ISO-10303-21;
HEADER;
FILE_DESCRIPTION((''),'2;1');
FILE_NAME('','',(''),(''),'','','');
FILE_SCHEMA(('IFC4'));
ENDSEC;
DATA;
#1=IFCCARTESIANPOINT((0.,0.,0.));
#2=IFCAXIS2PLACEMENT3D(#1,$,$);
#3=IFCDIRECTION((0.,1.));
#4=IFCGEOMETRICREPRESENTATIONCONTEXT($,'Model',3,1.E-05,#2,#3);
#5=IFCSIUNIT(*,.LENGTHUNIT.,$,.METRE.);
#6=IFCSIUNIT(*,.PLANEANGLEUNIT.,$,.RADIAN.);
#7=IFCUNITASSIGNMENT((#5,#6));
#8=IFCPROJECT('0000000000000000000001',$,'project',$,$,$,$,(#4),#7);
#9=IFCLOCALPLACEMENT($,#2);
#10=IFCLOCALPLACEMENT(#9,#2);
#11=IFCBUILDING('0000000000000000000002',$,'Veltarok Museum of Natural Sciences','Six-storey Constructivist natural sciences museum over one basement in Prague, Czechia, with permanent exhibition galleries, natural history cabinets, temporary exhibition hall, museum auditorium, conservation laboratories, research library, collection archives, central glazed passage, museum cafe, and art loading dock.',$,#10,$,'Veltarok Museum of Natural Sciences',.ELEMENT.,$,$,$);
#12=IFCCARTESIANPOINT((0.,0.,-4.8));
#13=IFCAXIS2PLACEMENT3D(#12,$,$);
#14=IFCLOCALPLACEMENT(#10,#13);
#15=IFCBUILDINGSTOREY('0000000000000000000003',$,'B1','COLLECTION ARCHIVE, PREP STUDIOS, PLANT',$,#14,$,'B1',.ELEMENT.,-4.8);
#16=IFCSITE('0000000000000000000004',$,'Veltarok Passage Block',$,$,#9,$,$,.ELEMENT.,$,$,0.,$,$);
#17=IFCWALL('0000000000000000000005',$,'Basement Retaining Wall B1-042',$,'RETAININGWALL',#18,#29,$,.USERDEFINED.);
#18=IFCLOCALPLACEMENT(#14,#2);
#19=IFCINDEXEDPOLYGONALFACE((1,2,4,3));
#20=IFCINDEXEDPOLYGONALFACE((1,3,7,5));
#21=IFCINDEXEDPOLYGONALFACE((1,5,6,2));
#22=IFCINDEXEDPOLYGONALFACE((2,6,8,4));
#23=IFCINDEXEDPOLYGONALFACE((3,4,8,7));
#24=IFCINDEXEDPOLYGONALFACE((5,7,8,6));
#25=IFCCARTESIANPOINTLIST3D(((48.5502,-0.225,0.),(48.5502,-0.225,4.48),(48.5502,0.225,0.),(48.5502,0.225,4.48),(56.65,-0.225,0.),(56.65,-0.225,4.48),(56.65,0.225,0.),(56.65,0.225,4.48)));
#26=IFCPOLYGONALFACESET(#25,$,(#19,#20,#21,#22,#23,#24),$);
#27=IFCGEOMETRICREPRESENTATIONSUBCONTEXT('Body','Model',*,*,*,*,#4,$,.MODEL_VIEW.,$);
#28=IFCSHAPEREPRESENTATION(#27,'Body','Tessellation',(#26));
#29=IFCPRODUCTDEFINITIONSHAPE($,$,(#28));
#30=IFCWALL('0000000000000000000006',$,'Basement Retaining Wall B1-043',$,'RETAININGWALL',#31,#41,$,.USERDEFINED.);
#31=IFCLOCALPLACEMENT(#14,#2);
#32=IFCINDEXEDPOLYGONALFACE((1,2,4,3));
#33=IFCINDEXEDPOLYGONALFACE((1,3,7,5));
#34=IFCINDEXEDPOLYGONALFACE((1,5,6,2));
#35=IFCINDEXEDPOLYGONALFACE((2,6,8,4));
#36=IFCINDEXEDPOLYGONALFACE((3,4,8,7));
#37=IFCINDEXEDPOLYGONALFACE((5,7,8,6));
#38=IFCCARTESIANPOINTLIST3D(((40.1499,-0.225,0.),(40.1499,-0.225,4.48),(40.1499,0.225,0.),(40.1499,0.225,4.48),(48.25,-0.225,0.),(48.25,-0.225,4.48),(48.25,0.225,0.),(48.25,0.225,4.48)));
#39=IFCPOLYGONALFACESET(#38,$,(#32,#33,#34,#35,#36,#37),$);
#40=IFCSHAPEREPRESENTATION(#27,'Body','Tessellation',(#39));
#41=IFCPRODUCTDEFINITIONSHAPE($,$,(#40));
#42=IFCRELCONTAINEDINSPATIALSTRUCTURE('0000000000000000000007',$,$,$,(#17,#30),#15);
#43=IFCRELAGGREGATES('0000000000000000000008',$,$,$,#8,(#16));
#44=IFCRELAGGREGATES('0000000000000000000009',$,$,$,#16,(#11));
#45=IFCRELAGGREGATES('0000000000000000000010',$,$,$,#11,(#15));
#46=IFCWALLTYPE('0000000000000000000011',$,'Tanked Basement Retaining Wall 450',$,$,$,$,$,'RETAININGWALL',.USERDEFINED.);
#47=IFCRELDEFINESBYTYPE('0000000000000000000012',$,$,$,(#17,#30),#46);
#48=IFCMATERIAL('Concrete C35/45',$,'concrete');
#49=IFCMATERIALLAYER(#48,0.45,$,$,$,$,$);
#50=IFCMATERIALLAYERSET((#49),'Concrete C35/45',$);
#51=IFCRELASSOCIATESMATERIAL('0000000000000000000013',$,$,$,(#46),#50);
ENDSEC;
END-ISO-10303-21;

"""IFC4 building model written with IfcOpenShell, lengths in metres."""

from ifc_helpers import new_model, si_unit, direction, frame, frame_2d, origin, place, context, subcontext, project, spatial, rectangle, extrude, material, layer, layer_set, type_object, element, save


model = new_model("IFC4")

# Units and contexts
model_context = context("Model", 3, precision=1e-05, world=origin(), true_north=direction((0.0, 1.0)))
body_context = subcontext(model_context, "Body", "Model", "MODEL_VIEW")
ifc_project = project(units=[si_unit("LENGTHUNIT", "METRE"), si_unit("PLANEANGLEUNIT", "RADIAN")], contexts=[model_context])

# Site, building, storey
site_placement = place(None, origin())
site = spatial("IfcSite", under=ifc_project, at=site_placement, Name="Veltarok Passage Block", CompositionType="ELEMENT", RefElevation=0.0)
building_placement = place(site_placement, origin())
building = spatial("IfcBuilding", under=site, at=building_placement, Name="Veltarok Museum of Natural Sciences", Description="Six-storey Constructivist natural sciences museum over one basement in Prague, Czechia, with permanent exhibition galleries, natural history cabinets, temporary exhibition hall, museum auditorium, conservation laboratories, research library, collection archives, central glazed passage, museum cafe, and art loading dock.", LongName="Veltarok Museum of Natural Sciences", CompositionType="ELEMENT")
storey_placement = place(building_placement, frame((0.0, 0.0, -4.8)))
storey = spatial("IfcBuildingStorey", under=building, at=storey_placement, Name="B1", Description="COLLECTION ARCHIVE, PREP STUDIOS, PLANT", LongName="B1", CompositionType="ELEMENT", Elevation=-4.8)

# Shared definitions
ifc_material_1 = material(Name="Concrete C35/45", Category="concrete")

# Walls
ifc_layer_1 = layer(ifc_material_1, 0.45)
ifc_layer_set_1 = layer_set([ifc_layer_1], Name="Concrete C35/45")
wall_type = type_object("IfcWallType", Name="Tanked Basement Retaining Wall 450", ElementType="RETAININGWALL", PredefinedType="USERDEFINED", material=ifc_layer_set_1)
wall_1_placement = place(storey_placement, frame((56.6499, 0.0, 0.0), z_axis=(0.0, 0.0, 1.0), x_axis=(-1.0, 0.0, 0.0)))
element("IfcWall", 1, at=wall_1_placement, inside=storey, type_object=wall_type, Name="Basement Retaining Wall B1-042", ObjectType="RETAININGWALL", PredefinedType="USERDEFINED", context=body_context, shape_type="SweptSolid", body=[
    extrude(rectangle(XDim=8.0999, YDim=0.45, at=frame_2d((4.0498, 0.0))), origin(), (0.0, 0.0, 1.0), 4.48),
])
wall_2_placement = place(storey_placement, frame((48.25, 0.0, 0.0), z_axis=(0.0, 0.0, 1.0), x_axis=(-1.0, 0.0, 0.0)))
element("IfcWall", 2, at=wall_2_placement, inside=storey, type_object=wall_type, Name="Basement Retaining Wall B1-043", ObjectType="RETAININGWALL", PredefinedType="USERDEFINED", context=body_context, shape_type="SweptSolid", body=[
    extrude(rectangle(XDim=8.1001, YDim=0.45, at=frame_2d((4.05, 0.0))), origin(), (0.0, 0.0, 1.0), 4.48),
])

save(model, "model.ifc")
